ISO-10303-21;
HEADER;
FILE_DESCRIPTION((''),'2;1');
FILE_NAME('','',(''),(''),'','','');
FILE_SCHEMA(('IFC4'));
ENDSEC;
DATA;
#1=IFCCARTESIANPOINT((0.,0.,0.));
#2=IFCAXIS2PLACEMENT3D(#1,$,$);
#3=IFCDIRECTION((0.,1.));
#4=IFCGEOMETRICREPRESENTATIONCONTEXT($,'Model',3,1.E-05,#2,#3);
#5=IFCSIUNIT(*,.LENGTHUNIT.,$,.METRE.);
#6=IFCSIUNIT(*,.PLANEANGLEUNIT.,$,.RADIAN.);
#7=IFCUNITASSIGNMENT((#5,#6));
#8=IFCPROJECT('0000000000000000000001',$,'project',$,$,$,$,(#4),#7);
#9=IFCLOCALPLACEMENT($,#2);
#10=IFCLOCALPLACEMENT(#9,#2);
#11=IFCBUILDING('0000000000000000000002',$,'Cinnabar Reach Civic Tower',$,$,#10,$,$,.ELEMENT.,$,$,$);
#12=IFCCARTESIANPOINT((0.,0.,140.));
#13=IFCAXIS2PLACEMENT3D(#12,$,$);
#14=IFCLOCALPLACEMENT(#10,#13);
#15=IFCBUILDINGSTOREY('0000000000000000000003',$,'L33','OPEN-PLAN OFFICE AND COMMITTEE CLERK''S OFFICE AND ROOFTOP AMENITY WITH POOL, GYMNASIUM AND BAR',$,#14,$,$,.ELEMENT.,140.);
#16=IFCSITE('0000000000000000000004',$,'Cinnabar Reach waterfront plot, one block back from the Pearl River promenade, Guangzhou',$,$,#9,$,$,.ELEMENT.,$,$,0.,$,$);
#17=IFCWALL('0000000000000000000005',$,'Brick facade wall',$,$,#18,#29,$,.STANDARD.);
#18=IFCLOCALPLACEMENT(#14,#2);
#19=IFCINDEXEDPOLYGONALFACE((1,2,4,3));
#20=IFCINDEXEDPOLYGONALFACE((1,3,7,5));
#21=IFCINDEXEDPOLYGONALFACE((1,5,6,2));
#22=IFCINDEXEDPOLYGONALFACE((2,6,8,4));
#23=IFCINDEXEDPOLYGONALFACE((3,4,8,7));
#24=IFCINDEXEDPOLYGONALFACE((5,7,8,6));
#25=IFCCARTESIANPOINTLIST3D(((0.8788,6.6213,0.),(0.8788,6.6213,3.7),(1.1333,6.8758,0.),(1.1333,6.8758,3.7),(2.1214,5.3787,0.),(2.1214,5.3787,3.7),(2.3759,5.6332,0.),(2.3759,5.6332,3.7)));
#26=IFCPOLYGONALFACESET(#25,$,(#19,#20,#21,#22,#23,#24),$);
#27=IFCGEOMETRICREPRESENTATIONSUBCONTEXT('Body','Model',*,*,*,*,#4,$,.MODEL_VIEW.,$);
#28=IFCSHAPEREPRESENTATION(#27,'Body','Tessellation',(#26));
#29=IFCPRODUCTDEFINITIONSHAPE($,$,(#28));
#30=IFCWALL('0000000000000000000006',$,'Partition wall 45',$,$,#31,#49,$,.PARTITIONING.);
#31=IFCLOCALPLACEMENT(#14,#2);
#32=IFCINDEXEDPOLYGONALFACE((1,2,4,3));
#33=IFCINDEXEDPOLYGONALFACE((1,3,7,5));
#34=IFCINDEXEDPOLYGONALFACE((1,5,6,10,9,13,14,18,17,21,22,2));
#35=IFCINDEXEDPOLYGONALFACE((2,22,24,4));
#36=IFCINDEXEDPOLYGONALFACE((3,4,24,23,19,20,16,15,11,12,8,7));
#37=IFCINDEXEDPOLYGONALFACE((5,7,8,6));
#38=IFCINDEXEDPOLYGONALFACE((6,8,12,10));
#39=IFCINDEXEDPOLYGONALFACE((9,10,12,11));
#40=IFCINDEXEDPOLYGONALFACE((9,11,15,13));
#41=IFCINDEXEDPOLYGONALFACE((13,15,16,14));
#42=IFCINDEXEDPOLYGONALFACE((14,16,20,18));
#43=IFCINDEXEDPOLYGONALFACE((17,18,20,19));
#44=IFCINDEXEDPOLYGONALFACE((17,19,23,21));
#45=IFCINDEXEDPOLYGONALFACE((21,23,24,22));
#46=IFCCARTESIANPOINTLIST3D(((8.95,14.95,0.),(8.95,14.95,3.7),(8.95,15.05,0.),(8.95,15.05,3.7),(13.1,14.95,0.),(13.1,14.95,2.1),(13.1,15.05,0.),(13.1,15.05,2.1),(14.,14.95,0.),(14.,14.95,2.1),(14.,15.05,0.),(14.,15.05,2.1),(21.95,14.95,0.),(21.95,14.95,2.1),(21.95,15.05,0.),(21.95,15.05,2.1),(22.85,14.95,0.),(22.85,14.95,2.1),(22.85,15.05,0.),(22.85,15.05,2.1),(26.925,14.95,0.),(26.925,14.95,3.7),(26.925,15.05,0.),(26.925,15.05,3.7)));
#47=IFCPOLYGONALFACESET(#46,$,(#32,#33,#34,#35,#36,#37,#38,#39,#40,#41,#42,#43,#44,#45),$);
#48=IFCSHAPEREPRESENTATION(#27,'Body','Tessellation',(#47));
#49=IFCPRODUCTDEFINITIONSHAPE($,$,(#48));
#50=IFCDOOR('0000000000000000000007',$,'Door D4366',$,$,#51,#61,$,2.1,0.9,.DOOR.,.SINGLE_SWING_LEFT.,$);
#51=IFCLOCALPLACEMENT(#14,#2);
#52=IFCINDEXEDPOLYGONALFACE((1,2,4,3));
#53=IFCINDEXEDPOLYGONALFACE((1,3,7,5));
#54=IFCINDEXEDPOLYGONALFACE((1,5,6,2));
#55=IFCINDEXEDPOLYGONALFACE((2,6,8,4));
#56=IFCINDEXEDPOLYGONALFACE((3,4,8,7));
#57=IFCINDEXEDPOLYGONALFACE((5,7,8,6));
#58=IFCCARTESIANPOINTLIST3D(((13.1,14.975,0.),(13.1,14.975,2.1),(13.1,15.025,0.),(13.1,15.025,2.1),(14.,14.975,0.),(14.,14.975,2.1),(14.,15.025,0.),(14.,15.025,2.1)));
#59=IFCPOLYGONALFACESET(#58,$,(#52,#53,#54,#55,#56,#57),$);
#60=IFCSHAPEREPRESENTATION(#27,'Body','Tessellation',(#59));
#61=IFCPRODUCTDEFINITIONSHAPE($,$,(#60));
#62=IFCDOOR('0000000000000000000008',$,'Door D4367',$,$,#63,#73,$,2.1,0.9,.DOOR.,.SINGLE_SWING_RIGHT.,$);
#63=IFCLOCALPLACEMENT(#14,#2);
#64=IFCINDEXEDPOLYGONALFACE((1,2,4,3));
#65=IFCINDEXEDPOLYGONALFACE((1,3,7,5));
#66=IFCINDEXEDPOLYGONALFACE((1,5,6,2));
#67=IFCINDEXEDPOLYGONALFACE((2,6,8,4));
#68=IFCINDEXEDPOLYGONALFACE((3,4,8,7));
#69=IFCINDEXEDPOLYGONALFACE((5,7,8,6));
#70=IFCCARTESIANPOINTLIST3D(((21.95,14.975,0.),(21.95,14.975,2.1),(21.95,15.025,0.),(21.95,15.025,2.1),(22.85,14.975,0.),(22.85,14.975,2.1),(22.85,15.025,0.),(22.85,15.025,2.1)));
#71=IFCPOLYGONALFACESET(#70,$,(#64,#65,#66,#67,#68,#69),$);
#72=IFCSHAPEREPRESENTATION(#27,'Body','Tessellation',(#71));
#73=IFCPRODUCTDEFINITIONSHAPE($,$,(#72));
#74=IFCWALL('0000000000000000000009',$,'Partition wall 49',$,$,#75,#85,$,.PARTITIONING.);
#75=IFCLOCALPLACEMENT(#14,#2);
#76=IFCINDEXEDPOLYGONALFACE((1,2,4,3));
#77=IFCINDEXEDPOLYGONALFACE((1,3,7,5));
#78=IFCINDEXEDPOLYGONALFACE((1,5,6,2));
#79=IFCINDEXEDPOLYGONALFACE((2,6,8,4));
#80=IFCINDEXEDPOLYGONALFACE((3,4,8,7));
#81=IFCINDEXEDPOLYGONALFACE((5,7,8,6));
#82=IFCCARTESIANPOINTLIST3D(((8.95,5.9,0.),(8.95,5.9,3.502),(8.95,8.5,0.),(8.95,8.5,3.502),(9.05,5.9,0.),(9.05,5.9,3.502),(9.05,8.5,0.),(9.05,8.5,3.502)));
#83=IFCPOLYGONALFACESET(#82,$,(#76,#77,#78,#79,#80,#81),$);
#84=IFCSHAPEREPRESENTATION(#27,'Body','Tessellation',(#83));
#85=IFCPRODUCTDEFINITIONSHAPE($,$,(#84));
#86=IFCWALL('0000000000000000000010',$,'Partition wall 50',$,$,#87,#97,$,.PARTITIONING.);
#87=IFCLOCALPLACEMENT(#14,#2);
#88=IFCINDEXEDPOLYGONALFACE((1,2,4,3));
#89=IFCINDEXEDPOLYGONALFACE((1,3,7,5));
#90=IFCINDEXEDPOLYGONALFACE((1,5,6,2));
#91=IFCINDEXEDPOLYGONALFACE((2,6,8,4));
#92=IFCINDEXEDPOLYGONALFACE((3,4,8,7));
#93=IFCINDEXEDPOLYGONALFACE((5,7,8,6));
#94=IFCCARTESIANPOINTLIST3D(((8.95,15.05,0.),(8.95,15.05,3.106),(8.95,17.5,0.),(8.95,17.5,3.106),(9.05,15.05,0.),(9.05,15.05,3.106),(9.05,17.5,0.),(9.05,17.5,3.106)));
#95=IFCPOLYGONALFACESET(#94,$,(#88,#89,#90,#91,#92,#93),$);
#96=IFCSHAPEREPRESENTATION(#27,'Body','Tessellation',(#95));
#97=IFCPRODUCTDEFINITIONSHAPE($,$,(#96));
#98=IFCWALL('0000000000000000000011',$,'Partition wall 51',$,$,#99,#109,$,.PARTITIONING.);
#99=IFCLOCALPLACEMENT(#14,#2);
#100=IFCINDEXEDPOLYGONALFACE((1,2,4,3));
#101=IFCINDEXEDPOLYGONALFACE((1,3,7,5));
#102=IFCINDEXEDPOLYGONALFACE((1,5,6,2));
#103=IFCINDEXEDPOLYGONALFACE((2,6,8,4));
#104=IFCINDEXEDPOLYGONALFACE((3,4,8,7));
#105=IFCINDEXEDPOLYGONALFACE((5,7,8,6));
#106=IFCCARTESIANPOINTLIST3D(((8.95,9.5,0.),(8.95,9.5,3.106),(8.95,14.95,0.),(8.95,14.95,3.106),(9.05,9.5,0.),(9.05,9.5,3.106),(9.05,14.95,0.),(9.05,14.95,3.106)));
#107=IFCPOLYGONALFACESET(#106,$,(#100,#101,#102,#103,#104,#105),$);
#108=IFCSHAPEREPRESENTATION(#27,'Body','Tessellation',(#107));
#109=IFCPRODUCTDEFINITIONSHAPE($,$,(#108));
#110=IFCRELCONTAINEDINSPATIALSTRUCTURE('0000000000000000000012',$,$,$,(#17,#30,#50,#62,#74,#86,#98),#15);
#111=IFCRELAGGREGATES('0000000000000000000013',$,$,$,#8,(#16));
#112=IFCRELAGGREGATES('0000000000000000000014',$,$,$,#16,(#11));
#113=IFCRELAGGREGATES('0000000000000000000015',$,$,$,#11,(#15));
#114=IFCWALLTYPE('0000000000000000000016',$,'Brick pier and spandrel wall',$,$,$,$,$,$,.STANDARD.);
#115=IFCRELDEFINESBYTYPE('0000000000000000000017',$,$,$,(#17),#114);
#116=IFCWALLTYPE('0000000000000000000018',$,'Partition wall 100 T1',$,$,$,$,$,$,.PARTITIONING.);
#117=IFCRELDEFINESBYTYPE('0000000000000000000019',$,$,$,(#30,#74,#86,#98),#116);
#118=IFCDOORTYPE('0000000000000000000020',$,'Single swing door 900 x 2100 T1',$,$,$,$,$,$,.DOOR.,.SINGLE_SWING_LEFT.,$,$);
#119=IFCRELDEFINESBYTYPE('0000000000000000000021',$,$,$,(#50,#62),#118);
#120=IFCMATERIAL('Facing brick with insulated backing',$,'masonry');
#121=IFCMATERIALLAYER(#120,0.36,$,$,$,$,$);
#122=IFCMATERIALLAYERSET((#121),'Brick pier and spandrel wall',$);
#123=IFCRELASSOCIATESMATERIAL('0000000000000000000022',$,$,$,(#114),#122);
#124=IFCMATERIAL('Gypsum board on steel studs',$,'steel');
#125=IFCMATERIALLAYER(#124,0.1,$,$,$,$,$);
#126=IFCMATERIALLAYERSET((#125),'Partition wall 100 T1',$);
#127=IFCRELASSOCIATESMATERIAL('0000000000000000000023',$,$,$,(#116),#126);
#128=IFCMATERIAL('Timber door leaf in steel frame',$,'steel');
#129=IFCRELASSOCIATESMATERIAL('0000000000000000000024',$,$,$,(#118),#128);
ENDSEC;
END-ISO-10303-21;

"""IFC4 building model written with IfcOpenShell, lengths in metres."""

from ifc_helpers import new_model, si_unit, direction, frame, frame_2d, origin, place, context, subcontext, project, spatial, rectangle, extrude, material, layer, layer_set, type_object, element, fill, save


model = new_model("IFC4")

# Units and contexts
model_context = context("Model", 3, precision=1e-05, world=origin(), true_north=direction((0.0, 1.0)))
body_context = subcontext(model_context, "Body", "Model", "MODEL_VIEW")
ifc_project = project(units=[si_unit("LENGTHUNIT", "METRE"), si_unit("PLANEANGLEUNIT", "RADIAN")], contexts=[model_context])

# Site, building, storey
site_placement = place(None, origin())
site = spatial("IfcSite", under=ifc_project, at=site_placement, Name="Cinnabar Reach waterfront plot, one block back from the Pearl River promenade, Guangzhou", CompositionType="ELEMENT", RefElevation=0.0)
building_placement = place(site_placement, origin())
building = spatial("IfcBuilding", under=site, at=building_placement, Name="Cinnabar Reach Civic Tower", CompositionType="ELEMENT")
storey_placement = place(building_placement, frame((0.0, 0.0, 140.0)))
storey = spatial("IfcBuildingStorey", under=building, at=storey_placement, Name="L33", Description="OPEN-PLAN OFFICE AND COMMITTEE CLERK'S OFFICE AND ROOFTOP AMENITY WITH POOL, GYMNASIUM AND BAR", CompositionType="ELEMENT", Elevation=140.0)

# Wall
ifc_material_1 = material(Name="Facing brick with insulated backing", Category="masonry")
ifc_layer_1 = layer(ifc_material_1, 0.36)
ifc_layer_set_1 = layer_set([ifc_layer_1], Name="Brick pier and spandrel wall")
wall_type_1 = type_object("IfcWallType", Name="Brick pier and spandrel wall", PredefinedType="STANDARD", material=ifc_layer_set_1)
wall_1_placement = place(storey_placement, frame((1.006, 6.7486, 0.0), z_axis=(0.0, 0.0, 1.0), x_axis=(0.707107, -0.707107, 0.0)))
element("IfcWall", 1, at=wall_1_placement, inside=storey, type_object=wall_type_1, Name="Brick facade wall", PredefinedType="STANDARD", context=body_context, shape_type="SweptSolid", body=[
    extrude(rectangle(XDim=1.7573, YDim=0.36, at=frame_2d((0.8787, 0.0))), origin(), (0.0, 0.0, 1.0), 3.7),
])

# Wall, openings, doors
ifc_material_2 = material(Name="Gypsum board on steel studs", Category="steel")
ifc_layer_2 = layer(ifc_material_2, 0.1)
ifc_layer_set_2 = layer_set([ifc_layer_2], Name="Partition wall 100 T1")
wall_type_2 = type_object("IfcWallType", Name="Partition wall 100 T1", PredefinedType="PARTITIONING", material=ifc_layer_set_2)
wall_2_placement = place(storey_placement, frame((8.95, 15.0, 0.0), z_axis=(0.0, 0.0, 1.0), x_axis=(1.0, 0.0, 0.0)))
wall_2 = element("IfcWall", 2, at=wall_2_placement, inside=storey, type_object=wall_type_2, Name="Partition wall 45", PredefinedType="PARTITIONING", context=body_context, shape_type="SweptSolid", body=[
    extrude(rectangle(XDim=17.975, YDim=0.1, at=frame_2d((8.9875, 0.0))), origin(), (0.0, 0.0, 1.0), 3.7),
])
opening_1_placement = place(wall_2_placement, frame((4.15, 0.0, 0.0)))
opening_1 = element("IfcOpeningElement", 3, at=opening_1_placement, cuts=wall_2, PredefinedType="OPENING", context=body_context, shape_type="SweptSolid", body=[
    extrude(rectangle(XDim=0.9, YDim=2.1, at=frame_2d((0.45, 1.05))), frame((0.0, 0.06, 0.0), z_axis=(0.0, -1.0, 0.0), x_axis=(1.0, 0.0, 0.0)), (0.0, 0.0, 1.0), 0.12),
])
opening_2_placement = place(wall_2_placement, frame((13.0, 0.0, 0.0)))
opening_2 = element("IfcOpeningElement", 4, at=opening_2_placement, cuts=wall_2, PredefinedType="OPENING", context=body_context, shape_type="SweptSolid", body=[
    extrude(rectangle(XDim=0.9, YDim=2.1, at=frame_2d((0.45, 1.05))), frame((0.0, 0.06, 0.0), z_axis=(0.0, -1.0, 0.0), x_axis=(1.0, 0.0, 0.0)), (0.0, 0.0, 1.0), 0.12),
])
ifc_material_3 = material(Name="Timber door leaf in steel frame", Category="steel")
door_type = type_object("IfcDoorType", Name="Single swing door 900 x 2100 T1", OperationType="SINGLE_SWING_LEFT", PredefinedType="DOOR", material=ifc_material_3)
door_1_placement = place(opening_1_placement, origin())
door_1 = element("IfcDoor", 5, at=door_1_placement, inside=storey, type_object=door_type, Name="Door D4366", OperationType="SINGLE_SWING_LEFT", OverallHeight=2.1, OverallWidth=0.9, PredefinedType="DOOR", context=body_context, shape_type="SweptSolid", body=[
    extrude(rectangle(XDim=0.9, YDim=2.1, at=frame_2d((0.45, 1.05))), frame((0.0, 0.025, 0.0), z_axis=(0.0, -1.0, 0.0), x_axis=(1.0, 0.0, 0.0)), (0.0, 0.0, 1.0), 0.05),
])
fill(opening_1, door_1)
door_2_placement = place(opening_2_placement, origin())
door_2 = element("IfcDoor", 6, at=door_2_placement, inside=storey, type_object=door_type, Name="Door D4367", OperationType="SINGLE_SWING_RIGHT", OverallHeight=2.1, OverallWidth=0.9, PredefinedType="DOOR", context=body_context, shape_type="SweptSolid", body=[
    extrude(rectangle(XDim=0.9, YDim=2.1, at=frame_2d((0.45, 1.05))), frame((0.0, 0.025, 0.0), z_axis=(0.0, -1.0, 0.0), x_axis=(1.0, 0.0, 0.0)), (0.0, 0.0, 1.0), 0.05),
])
fill(opening_2, door_2)

# Walls
wall_3_placement = place(storey_placement, frame((9.0, 5.9, 0.0), z_axis=(0.0, 0.0, 1.0), x_axis=(0.0, 1.0, 0.0)))
element("IfcWall", 7, at=wall_3_placement, inside=storey, type_object=wall_type_2, Name="Partition wall 49", PredefinedType="PARTITIONING", context=body_context, shape_type="SweptSolid", body=[
    extrude(rectangle(XDim=2.6, YDim=0.1, at=frame_2d((1.3, 0.0))), origin(), (0.0, 0.0, 1.0), 3.502),
])
wall_4_placement = place(storey_placement, frame((9.0, 15.05, 0.0), z_axis=(0.0, 0.0, 1.0), x_axis=(0.0, 1.0, 0.0)))
element("IfcWall", 8, at=wall_4_placement, inside=storey, type_object=wall_type_2, Name="Partition wall 50", PredefinedType="PARTITIONING", context=body_context, shape_type="SweptSolid", body=[
    extrude(rectangle(XDim=2.45, YDim=0.1, at=frame_2d((1.225, 0.0))), origin(), (0.0, 0.0, 1.0), 3.106),
])
wall_5_placement = place(storey_placement, frame((9.0, 9.5, 0.0), z_axis=(0.0, 0.0, 1.0), x_axis=(0.0, 1.0, 0.0)))
element("IfcWall", 9, at=wall_5_placement, inside=storey, type_object=wall_type_2, Name="Partition wall 51", PredefinedType="PARTITIONING", context=body_context, shape_type="SweptSolid", body=[
    extrude(rectangle(XDim=5.45, YDim=0.1, at=frame_2d((2.725, 0.0))), origin(), (0.0, 0.0, 1.0), 3.106),
])

save(model, "model.ifc")
